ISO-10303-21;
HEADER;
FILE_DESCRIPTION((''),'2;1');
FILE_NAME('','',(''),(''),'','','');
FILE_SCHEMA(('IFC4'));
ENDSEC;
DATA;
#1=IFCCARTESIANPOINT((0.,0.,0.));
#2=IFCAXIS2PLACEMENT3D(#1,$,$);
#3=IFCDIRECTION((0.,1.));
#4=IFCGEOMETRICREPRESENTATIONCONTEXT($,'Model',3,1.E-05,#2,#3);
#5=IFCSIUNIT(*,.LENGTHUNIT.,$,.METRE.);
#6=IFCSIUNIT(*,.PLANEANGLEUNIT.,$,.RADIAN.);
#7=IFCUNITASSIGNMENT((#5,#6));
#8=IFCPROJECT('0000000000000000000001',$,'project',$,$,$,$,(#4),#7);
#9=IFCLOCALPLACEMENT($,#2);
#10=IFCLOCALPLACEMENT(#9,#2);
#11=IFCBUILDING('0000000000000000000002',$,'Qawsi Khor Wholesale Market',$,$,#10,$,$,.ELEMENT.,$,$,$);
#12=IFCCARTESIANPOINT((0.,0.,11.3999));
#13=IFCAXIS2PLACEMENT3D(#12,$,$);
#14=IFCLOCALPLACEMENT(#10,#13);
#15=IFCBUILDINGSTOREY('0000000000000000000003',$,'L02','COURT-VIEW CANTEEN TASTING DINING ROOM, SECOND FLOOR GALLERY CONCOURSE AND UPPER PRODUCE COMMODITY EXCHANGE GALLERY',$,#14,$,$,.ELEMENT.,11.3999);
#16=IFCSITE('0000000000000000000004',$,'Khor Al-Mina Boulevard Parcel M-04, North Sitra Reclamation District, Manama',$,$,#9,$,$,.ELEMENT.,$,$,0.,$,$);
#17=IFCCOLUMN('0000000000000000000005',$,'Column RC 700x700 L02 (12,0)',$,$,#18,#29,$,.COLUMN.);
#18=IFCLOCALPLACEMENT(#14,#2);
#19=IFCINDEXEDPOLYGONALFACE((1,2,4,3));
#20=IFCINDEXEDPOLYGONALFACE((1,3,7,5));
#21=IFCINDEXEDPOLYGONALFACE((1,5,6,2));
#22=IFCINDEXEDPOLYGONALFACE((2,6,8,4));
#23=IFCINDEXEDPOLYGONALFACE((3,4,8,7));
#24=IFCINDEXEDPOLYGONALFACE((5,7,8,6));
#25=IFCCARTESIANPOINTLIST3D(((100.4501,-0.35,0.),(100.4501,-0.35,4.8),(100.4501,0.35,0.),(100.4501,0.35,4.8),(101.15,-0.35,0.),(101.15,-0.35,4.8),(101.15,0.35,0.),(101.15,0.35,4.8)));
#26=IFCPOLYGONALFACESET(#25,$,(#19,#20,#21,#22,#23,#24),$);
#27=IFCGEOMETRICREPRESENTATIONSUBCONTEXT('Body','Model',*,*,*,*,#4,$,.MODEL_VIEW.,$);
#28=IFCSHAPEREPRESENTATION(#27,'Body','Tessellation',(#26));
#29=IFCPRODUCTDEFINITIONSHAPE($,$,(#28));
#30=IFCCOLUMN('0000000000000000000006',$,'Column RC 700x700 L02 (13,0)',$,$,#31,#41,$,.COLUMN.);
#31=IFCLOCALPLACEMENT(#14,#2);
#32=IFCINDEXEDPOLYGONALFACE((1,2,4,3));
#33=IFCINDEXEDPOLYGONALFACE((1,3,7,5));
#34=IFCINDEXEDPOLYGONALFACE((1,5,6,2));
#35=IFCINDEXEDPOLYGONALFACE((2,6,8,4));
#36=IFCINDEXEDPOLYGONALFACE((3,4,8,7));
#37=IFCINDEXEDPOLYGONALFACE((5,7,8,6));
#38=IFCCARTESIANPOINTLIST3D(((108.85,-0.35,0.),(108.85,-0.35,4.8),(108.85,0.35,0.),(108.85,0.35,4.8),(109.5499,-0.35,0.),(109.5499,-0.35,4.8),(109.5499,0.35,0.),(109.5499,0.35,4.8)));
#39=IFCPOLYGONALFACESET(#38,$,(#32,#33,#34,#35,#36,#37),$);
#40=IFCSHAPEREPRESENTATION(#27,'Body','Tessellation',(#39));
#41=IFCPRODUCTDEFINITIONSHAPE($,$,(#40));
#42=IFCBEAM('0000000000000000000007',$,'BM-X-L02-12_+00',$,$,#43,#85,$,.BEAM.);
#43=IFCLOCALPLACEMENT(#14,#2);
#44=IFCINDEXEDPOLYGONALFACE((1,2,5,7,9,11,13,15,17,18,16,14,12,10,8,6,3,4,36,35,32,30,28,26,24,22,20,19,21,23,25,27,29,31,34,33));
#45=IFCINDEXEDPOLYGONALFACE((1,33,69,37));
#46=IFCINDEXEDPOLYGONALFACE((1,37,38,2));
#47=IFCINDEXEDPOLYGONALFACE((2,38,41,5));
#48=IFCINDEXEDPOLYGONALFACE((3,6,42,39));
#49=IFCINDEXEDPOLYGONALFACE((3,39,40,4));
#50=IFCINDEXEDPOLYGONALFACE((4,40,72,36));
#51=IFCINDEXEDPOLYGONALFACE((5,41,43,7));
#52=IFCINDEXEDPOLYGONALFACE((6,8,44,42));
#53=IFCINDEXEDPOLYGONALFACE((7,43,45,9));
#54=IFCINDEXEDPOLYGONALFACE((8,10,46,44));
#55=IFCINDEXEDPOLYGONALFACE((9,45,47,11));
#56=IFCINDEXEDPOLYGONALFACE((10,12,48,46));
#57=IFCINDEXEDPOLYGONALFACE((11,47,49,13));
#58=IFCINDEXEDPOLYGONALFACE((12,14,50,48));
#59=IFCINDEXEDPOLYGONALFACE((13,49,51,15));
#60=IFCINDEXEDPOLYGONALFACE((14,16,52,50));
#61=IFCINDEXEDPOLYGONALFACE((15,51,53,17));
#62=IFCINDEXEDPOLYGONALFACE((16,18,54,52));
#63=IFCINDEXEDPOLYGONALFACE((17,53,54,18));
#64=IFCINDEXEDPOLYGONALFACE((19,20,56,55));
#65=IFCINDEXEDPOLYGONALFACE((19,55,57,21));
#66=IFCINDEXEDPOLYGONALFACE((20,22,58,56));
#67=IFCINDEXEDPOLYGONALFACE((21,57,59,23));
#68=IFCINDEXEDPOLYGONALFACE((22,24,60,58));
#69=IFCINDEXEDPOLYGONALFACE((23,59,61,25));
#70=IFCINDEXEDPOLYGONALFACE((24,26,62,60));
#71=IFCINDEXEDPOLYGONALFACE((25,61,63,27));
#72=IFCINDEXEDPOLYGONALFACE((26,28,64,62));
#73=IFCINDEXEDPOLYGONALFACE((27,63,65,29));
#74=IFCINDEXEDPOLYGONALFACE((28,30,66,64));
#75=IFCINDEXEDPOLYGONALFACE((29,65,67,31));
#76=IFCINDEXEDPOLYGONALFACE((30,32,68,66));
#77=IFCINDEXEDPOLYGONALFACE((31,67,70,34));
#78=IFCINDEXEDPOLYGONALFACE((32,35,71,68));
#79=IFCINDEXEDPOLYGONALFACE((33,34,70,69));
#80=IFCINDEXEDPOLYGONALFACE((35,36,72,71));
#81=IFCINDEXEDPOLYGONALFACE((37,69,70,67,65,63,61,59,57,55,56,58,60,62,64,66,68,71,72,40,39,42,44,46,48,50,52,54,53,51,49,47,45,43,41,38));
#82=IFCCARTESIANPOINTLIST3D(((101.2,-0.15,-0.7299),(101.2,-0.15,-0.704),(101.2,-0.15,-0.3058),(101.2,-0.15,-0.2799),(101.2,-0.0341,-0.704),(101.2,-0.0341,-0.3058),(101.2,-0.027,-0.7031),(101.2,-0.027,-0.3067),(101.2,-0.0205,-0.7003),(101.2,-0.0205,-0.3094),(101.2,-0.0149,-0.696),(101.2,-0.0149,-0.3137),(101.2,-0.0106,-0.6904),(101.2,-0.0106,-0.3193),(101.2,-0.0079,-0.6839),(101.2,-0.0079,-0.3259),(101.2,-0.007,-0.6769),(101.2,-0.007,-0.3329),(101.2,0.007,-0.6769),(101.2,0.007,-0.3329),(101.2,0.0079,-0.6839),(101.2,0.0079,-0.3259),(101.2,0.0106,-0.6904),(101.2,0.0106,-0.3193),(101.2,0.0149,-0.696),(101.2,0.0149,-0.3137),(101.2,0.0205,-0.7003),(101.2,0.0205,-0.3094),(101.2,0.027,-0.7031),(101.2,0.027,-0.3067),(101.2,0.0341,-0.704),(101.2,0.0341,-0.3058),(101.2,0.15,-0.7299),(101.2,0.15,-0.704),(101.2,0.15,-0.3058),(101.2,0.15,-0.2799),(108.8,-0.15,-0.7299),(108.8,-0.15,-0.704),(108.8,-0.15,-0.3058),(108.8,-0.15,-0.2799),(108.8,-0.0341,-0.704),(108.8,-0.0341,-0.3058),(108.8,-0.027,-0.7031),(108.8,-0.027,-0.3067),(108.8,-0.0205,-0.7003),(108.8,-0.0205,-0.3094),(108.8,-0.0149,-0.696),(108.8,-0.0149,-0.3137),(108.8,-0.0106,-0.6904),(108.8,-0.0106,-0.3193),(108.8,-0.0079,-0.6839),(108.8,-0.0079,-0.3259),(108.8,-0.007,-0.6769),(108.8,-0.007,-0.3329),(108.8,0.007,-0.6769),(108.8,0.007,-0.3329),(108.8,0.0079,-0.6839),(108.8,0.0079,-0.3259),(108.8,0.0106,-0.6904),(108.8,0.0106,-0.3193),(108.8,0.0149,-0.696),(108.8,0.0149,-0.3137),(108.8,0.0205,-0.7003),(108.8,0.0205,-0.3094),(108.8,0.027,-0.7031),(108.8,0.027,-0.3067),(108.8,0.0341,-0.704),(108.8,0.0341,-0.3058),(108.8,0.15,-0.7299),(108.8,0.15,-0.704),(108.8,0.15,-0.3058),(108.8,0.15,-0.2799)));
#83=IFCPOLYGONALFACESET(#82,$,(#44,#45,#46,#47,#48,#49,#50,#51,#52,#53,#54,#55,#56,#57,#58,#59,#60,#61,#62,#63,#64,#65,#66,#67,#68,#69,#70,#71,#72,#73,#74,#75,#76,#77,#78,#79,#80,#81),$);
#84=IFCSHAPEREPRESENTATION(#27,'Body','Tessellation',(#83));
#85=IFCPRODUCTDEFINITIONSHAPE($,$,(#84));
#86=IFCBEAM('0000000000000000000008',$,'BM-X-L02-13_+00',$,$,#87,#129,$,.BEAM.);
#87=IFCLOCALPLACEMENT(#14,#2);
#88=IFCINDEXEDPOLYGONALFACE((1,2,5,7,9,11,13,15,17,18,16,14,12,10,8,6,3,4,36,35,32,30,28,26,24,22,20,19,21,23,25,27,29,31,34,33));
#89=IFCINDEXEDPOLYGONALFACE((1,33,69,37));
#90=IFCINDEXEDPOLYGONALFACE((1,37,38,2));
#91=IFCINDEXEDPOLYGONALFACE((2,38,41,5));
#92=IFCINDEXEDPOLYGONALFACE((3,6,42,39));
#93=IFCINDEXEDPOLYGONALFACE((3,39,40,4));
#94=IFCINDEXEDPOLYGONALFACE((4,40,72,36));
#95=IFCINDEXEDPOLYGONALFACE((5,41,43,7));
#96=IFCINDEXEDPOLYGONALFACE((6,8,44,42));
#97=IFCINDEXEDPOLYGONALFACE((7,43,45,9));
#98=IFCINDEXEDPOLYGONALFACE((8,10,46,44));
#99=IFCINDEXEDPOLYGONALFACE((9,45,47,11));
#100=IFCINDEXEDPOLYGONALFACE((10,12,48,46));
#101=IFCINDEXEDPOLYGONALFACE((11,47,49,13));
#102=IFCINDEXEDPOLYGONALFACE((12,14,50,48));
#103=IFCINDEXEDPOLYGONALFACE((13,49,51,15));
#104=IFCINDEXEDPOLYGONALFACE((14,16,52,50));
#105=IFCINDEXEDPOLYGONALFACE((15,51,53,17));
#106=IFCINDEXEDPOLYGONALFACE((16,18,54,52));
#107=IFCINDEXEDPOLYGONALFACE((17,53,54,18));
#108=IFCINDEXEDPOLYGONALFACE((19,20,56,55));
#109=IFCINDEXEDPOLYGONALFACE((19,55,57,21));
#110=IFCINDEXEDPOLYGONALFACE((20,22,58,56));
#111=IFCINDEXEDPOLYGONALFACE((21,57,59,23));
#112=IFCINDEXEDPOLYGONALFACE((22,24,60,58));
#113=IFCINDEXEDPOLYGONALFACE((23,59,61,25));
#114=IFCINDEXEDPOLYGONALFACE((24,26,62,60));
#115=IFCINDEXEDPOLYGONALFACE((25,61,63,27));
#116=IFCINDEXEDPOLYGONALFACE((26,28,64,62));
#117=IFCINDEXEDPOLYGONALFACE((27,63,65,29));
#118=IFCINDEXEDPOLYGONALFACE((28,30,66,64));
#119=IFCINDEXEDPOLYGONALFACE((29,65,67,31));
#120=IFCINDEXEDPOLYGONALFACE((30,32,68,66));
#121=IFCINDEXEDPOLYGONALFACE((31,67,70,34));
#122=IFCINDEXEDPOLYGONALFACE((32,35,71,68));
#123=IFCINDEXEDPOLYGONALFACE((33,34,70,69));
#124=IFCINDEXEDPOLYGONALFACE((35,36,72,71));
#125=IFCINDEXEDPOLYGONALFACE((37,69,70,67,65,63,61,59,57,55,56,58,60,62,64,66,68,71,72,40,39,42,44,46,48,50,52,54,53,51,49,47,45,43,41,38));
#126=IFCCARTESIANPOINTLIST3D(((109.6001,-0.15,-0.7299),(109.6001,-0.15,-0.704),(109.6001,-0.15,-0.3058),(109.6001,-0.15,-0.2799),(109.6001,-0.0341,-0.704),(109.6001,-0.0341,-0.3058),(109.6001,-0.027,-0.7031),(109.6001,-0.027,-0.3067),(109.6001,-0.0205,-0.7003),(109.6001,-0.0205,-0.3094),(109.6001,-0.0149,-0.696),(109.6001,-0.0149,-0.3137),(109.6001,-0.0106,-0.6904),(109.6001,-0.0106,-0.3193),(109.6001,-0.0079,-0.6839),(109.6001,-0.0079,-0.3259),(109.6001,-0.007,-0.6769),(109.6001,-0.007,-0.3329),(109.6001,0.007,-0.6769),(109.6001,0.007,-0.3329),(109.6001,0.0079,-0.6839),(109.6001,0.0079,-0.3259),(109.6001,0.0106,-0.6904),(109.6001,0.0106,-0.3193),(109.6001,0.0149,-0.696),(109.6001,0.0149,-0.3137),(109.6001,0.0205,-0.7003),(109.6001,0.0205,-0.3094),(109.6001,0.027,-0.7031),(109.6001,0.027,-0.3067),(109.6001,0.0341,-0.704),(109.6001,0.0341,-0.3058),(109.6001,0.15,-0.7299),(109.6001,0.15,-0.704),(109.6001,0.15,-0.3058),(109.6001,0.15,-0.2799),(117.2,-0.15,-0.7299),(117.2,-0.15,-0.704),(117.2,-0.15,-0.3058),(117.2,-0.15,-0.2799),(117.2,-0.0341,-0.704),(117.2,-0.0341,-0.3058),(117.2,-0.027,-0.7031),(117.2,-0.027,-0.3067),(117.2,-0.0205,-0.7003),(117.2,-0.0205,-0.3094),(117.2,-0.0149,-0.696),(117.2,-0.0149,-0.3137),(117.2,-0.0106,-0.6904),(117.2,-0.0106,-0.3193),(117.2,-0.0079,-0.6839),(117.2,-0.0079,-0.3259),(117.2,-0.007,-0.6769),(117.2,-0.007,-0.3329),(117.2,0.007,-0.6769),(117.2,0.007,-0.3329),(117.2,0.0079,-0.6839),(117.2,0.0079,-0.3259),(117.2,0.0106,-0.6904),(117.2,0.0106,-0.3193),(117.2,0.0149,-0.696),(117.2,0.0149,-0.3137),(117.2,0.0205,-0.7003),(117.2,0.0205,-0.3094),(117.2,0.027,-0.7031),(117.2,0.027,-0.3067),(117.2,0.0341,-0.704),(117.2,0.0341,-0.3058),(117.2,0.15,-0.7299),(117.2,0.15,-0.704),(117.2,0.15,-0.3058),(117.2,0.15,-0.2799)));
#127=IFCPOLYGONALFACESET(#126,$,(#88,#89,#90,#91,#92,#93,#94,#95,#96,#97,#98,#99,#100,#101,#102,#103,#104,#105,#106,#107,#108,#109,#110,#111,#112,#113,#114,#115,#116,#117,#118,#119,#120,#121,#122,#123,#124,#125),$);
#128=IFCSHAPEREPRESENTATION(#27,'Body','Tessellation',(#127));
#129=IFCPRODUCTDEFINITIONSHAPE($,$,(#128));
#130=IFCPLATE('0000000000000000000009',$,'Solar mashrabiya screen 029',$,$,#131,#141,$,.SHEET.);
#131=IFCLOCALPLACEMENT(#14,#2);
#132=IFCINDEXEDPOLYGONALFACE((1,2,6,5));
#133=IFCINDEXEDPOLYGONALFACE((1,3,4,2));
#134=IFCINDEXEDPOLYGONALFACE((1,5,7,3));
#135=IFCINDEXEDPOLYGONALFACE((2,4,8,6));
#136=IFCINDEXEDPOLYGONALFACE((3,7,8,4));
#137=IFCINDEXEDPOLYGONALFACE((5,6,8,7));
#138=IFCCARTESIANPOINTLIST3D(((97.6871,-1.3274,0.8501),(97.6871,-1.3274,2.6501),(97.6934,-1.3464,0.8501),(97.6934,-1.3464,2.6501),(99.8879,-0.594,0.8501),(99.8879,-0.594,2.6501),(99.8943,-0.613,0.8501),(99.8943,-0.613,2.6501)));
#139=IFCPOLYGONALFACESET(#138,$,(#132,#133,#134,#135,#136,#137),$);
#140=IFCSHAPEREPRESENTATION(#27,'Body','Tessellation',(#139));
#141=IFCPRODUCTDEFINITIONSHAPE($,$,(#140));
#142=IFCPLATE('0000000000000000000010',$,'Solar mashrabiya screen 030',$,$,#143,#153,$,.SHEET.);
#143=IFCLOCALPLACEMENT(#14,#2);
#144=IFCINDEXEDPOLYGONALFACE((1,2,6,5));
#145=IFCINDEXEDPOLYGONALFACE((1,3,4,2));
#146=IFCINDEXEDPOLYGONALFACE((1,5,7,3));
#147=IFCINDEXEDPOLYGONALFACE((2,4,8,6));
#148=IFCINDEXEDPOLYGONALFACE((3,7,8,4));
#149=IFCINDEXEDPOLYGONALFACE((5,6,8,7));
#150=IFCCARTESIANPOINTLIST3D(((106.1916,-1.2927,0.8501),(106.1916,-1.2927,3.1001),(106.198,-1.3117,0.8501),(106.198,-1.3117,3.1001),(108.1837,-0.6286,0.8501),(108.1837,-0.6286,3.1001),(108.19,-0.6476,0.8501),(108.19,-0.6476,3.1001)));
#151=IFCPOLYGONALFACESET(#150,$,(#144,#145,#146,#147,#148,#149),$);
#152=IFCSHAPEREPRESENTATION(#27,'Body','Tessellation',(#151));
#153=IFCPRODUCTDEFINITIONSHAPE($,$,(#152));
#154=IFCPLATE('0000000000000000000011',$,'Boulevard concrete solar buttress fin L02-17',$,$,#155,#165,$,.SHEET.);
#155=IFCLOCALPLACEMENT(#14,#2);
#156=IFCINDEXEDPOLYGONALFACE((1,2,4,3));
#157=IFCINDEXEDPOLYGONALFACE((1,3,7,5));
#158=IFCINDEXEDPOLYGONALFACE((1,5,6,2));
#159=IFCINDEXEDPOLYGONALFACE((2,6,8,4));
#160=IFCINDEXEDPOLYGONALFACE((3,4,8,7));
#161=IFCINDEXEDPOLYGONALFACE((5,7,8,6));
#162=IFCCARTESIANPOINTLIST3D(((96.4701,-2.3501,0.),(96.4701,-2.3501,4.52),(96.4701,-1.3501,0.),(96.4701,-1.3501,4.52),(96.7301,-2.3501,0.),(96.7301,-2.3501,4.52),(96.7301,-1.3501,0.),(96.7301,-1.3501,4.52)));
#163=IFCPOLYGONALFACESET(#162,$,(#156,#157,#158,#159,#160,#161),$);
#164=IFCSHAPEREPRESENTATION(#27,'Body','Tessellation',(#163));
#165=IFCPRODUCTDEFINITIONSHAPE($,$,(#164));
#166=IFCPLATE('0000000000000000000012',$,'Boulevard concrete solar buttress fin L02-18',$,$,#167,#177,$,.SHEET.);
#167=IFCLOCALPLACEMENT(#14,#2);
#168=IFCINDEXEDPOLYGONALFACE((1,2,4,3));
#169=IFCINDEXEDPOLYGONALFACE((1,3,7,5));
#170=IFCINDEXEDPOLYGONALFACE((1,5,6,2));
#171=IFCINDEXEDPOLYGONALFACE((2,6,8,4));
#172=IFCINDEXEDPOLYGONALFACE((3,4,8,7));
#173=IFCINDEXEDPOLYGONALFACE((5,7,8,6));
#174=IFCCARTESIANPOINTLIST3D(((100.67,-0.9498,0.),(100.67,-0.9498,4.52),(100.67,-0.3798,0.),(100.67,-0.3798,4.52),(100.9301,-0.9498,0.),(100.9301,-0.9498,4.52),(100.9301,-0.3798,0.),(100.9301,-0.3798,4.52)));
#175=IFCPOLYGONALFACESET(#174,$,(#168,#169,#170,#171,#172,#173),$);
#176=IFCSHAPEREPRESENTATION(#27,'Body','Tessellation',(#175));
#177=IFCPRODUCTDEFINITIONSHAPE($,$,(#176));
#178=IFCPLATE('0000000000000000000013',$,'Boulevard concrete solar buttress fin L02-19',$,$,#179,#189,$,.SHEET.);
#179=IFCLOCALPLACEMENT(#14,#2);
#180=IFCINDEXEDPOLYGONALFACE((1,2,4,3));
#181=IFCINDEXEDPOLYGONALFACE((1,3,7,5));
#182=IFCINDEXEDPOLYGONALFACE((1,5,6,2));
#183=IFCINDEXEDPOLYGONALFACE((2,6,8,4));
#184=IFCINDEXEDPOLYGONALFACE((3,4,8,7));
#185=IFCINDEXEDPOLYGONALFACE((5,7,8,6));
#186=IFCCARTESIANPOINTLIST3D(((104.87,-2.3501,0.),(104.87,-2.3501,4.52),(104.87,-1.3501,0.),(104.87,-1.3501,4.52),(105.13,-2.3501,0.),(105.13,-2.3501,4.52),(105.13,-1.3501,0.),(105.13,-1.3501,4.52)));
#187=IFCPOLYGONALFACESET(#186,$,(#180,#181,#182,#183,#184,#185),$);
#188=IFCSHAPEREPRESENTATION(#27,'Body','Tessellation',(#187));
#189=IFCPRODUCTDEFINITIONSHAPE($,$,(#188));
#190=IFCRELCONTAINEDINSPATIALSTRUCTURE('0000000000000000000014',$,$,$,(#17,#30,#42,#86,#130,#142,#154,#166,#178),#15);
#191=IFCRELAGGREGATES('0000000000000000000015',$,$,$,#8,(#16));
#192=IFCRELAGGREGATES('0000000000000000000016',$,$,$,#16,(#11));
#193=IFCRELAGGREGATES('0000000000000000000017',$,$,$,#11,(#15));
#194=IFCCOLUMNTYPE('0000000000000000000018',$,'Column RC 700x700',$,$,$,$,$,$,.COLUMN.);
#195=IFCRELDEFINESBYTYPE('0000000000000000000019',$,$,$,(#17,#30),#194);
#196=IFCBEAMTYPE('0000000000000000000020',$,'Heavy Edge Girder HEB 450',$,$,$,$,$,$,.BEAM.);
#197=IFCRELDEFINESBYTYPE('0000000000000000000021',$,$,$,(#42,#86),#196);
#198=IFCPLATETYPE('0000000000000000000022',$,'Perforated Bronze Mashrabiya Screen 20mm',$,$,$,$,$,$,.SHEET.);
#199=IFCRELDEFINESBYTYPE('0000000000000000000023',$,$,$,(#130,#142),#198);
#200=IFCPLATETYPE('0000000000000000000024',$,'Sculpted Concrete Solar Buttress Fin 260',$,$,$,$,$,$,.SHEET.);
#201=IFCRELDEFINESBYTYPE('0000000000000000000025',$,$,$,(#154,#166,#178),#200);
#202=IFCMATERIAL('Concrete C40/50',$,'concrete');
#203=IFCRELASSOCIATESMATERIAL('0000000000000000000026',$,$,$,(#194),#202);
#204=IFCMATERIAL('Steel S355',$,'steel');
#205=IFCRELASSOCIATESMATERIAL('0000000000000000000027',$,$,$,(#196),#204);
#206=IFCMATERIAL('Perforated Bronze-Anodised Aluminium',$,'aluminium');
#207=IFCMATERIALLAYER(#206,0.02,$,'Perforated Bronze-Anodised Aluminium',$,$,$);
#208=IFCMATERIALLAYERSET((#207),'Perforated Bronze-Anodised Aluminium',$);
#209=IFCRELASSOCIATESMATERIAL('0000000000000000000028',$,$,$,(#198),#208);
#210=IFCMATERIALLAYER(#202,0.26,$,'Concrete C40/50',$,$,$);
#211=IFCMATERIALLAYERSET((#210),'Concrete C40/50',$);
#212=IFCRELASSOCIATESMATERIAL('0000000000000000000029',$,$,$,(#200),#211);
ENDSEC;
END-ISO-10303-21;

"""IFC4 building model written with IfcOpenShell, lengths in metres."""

from ifc_helpers import new_model, si_unit, direction, frame, frame_2d, origin, origin_2d, place, context, subcontext, project, spatial, rectangle, i_section, extrude, material, layer, layer_set, material_profile, profile_set, type_object, element, save


model = new_model("IFC4")

# Units and contexts
model_context = context("Model", 3, precision=1e-05, world=origin(), true_north=direction((0.0, 1.0)))
body_context = subcontext(model_context, "Body", "Model", "MODEL_VIEW")
ifc_project = project(units=[si_unit("LENGTHUNIT", "METRE"), si_unit("PLANEANGLEUNIT", "RADIAN")], contexts=[model_context])

# Site, building, storey
site_placement = place(None, origin())
site = spatial("IfcSite", under=ifc_project, at=site_placement, Name="Khor Al-Mina Boulevard Parcel M-04, North Sitra Reclamation District, Manama", CompositionType="ELEMENT", RefElevation=0.0)
building_placement = place(site_placement, origin())
building = spatial("IfcBuilding", under=site, at=building_placement, Name="Qawsi Khor Wholesale Market", CompositionType="ELEMENT")
storey_placement = place(building_placement, frame((0.0, 0.0, 11.3999)))
storey = spatial("IfcBuildingStorey", under=building, at=storey_placement, Name="L02", Description="COURT-VIEW CANTEEN TASTING DINING ROOM, SECOND FLOOR GALLERY CONCOURSE AND UPPER PRODUCE COMMODITY EXCHANGE GALLERY", CompositionType="ELEMENT", Elevation=11.3999)

# Columns
ifc_material_1 = material(Name="Concrete C40/50", Category="concrete")
ifc_material_profile_1 = material_profile(ifc_material_1, rectangle(XDim=0.7, YDim=0.7, at=origin_2d()), Name="RC 700x700")
ifc_profile_set_1 = profile_set([ifc_material_profile_1], Name="Concrete C40/50")
column_type = type_object("IfcColumnType", Name="Column RC 700x700", PredefinedType="COLUMN", material=ifc_profile_set_1)
for number, where, z_axis, x_axis, name in (
    (1, (100.8, 0.0, 0.0), (0.0, 0.0, 1.0), (1.0, 0.0, 0.0), "Column RC 700x700 L02 (12,0)"),
    (2, (109.2, 0.0, 0.0), (0.0, 0.0, 1.0), (1.0, 0.0, 0.0), "Column RC 700x700 L02 (13,0)"),
):
    element("IfcColumn", number, at=place(storey_placement, frame(where, z_axis=z_axis, x_axis=x_axis)), inside=storey, type_object=column_type, Name=name, PredefinedType="COLUMN", context=body_context, shape_type="SweptSolid", body=[
        extrude(rectangle(XDim=0.7, YDim=0.7, at=origin_2d()), origin(), (0.0, 0.0, 1.0), 4.8),
    ])

# Beams
ifc_material_2 = material(Name="Steel S355", Category="steel")
ifc_material_profile_2 = material_profile(ifc_material_2, i_section(OverallWidth=0.3, OverallDepth=0.45, WebThickness=0.0139, FlangeThickness=0.0259, FilletRadius=0.0271, at=origin_2d()), Name="HEB 450")
ifc_profile_set_2 = profile_set([ifc_material_profile_2], Name="Steel S355")
beam_type = type_object("IfcBeamType", Name="Heavy Edge Girder HEB 450", PredefinedType="BEAM", material=ifc_profile_set_2)
beam_1_placement = place(storey_placement, frame((101.2, 0.0, -0.5049), z_axis=(1.0, 0.0, 0.0), x_axis=(0.0, 1.0, 0.0)))
element("IfcBeam", 3, at=beam_1_placement, inside=storey, type_object=beam_type, Name="BM-X-L02-12_+00", PredefinedType="BEAM", context=body_context, shape_type="SweptSolid", body=[
    extrude(i_section(OverallWidth=0.3, OverallDepth=0.45, WebThickness=0.0139, FlangeThickness=0.0259, FilletRadius=0.0271, at=origin_2d()), origin(), (0.0, 0.0, 1.0), 7.6001),
])
beam_2_placement = place(storey_placement, frame((109.6001, 0.0, -0.5049), z_axis=(1.0, 0.0, 0.0), x_axis=(0.0, 1.0, 0.0)))
element("IfcBeam", 4, at=beam_2_placement, inside=storey, type_object=beam_type, Name="BM-X-L02-13_+00", PredefinedType="BEAM", context=body_context, shape_type="SweptSolid", body=[
    extrude(i_section(OverallWidth=0.3, OverallDepth=0.45, WebThickness=0.0139, FlangeThickness=0.0259, FilletRadius=0.0271, at=origin_2d()), origin(), (0.0, 0.0, 1.0), 7.5999),
])

# Plates
ifc_material_3 = material(Name="Perforated Bronze-Anodised Aluminium", Category="aluminium")
ifc_layer_1 = layer(ifc_material_3, 0.02, Name="Perforated Bronze-Anodised Aluminium")
ifc_layer_set_1 = layer_set([ifc_layer_1], Name="Perforated Bronze-Anodised Aluminium")
plate_type_1 = type_object("IfcPlateType", Name="Perforated Bronze Mashrabiya Screen 20mm", PredefinedType="SHEET", material=ifc_layer_set_1)
plate_1_placement = place(storey_placement, frame((99.8911, -0.6035, 0.8501), z_axis=(0.0, 0.0, 1.0), x_axis=(-0.948715, -0.316133, 0.0)))
element("IfcPlate", 5, at=plate_1_placement, inside=storey, type_object=plate_type_1, Name="Solar mashrabiya screen 029", PredefinedType="SHEET", context=body_context, shape_type="SweptSolid", body=[
    extrude(rectangle(XDim=2.3198, YDim=0.02, at=frame_2d((1.1599, 0.0))), origin(), (0.0, 0.0, 1.0), 1.8),
])
plate_2_placement = place(storey_placement, frame((108.1868, -0.6382, 0.8501), z_axis=(0.0, 0.0, 1.0), x_axis=(-0.948683, -0.316228, 0.0)))
element("IfcPlate", 6, at=plate_2_placement, inside=storey, type_object=plate_type_1, Name="Solar mashrabiya screen 030", PredefinedType="SHEET", context=body_context, shape_type="SweptSolid", body=[
    extrude(rectangle(XDim=2.0999, YDim=0.02, at=frame_2d((1.0498, 0.0))), origin(), (0.0, 0.0, 1.0), 2.25),
])
ifc_layer_2 = layer(ifc_material_1, 0.26, Name="Concrete C40/50")
ifc_layer_set_2 = layer_set([ifc_layer_2], Name="Concrete C40/50")
plate_type_2 = type_object("IfcPlateType", Name="Sculpted Concrete Solar Buttress Fin 260", PredefinedType="SHEET", material=ifc_layer_set_2)
plate_3_placement = place(storey_placement, frame((96.6001, -2.3501, 0.0), z_axis=(0.0, 0.0, 1.0), x_axis=(0.0, 1.0, 0.0)))
element("IfcPlate", 7, at=plate_3_placement, inside=storey, type_object=plate_type_2, Name="Boulevard concrete solar buttress fin L02-17", PredefinedType="SHEET", context=body_context, shape_type="SweptSolid", body=[
    extrude(rectangle(XDim=1.0, YDim=0.26, at=frame_2d((0.5, 0.0))), origin(), (0.0, 0.0, 1.0), 4.52),
])
plate_4_placement = place(storey_placement, frame((100.8, -0.95, 0.0), z_axis=(0.0, 0.0, 1.0), x_axis=(0.0, 1.0, 0.0)))
element("IfcPlate", 8, at=plate_4_placement, inside=storey, type_object=plate_type_2, Name="Boulevard concrete solar buttress fin L02-18", PredefinedType="SHEET", context=body_context, shape_type="SweptSolid", body=[
    extrude(rectangle(XDim=0.5701, YDim=0.26, at=frame_2d((0.2852, 0.0))), origin(), (0.0, 0.0, 1.0), 4.52),
])
plate_5_placement = place(storey_placement, frame((105.0, -2.3501, 0.0), z_axis=(0.0, 0.0, 1.0), x_axis=(0.0, 1.0, 0.0)))
element("IfcPlate", 9, at=plate_5_placement, inside=storey, type_object=plate_type_2, Name="Boulevard concrete solar buttress fin L02-19", PredefinedType="SHEET", context=body_context, shape_type="SweptSolid", body=[
    extrude(rectangle(XDim=1.0, YDim=0.26, at=frame_2d((0.5, 0.0))), origin(), (0.0, 0.0, 1.0), 4.52),
])

save(model, "model.ifc")
